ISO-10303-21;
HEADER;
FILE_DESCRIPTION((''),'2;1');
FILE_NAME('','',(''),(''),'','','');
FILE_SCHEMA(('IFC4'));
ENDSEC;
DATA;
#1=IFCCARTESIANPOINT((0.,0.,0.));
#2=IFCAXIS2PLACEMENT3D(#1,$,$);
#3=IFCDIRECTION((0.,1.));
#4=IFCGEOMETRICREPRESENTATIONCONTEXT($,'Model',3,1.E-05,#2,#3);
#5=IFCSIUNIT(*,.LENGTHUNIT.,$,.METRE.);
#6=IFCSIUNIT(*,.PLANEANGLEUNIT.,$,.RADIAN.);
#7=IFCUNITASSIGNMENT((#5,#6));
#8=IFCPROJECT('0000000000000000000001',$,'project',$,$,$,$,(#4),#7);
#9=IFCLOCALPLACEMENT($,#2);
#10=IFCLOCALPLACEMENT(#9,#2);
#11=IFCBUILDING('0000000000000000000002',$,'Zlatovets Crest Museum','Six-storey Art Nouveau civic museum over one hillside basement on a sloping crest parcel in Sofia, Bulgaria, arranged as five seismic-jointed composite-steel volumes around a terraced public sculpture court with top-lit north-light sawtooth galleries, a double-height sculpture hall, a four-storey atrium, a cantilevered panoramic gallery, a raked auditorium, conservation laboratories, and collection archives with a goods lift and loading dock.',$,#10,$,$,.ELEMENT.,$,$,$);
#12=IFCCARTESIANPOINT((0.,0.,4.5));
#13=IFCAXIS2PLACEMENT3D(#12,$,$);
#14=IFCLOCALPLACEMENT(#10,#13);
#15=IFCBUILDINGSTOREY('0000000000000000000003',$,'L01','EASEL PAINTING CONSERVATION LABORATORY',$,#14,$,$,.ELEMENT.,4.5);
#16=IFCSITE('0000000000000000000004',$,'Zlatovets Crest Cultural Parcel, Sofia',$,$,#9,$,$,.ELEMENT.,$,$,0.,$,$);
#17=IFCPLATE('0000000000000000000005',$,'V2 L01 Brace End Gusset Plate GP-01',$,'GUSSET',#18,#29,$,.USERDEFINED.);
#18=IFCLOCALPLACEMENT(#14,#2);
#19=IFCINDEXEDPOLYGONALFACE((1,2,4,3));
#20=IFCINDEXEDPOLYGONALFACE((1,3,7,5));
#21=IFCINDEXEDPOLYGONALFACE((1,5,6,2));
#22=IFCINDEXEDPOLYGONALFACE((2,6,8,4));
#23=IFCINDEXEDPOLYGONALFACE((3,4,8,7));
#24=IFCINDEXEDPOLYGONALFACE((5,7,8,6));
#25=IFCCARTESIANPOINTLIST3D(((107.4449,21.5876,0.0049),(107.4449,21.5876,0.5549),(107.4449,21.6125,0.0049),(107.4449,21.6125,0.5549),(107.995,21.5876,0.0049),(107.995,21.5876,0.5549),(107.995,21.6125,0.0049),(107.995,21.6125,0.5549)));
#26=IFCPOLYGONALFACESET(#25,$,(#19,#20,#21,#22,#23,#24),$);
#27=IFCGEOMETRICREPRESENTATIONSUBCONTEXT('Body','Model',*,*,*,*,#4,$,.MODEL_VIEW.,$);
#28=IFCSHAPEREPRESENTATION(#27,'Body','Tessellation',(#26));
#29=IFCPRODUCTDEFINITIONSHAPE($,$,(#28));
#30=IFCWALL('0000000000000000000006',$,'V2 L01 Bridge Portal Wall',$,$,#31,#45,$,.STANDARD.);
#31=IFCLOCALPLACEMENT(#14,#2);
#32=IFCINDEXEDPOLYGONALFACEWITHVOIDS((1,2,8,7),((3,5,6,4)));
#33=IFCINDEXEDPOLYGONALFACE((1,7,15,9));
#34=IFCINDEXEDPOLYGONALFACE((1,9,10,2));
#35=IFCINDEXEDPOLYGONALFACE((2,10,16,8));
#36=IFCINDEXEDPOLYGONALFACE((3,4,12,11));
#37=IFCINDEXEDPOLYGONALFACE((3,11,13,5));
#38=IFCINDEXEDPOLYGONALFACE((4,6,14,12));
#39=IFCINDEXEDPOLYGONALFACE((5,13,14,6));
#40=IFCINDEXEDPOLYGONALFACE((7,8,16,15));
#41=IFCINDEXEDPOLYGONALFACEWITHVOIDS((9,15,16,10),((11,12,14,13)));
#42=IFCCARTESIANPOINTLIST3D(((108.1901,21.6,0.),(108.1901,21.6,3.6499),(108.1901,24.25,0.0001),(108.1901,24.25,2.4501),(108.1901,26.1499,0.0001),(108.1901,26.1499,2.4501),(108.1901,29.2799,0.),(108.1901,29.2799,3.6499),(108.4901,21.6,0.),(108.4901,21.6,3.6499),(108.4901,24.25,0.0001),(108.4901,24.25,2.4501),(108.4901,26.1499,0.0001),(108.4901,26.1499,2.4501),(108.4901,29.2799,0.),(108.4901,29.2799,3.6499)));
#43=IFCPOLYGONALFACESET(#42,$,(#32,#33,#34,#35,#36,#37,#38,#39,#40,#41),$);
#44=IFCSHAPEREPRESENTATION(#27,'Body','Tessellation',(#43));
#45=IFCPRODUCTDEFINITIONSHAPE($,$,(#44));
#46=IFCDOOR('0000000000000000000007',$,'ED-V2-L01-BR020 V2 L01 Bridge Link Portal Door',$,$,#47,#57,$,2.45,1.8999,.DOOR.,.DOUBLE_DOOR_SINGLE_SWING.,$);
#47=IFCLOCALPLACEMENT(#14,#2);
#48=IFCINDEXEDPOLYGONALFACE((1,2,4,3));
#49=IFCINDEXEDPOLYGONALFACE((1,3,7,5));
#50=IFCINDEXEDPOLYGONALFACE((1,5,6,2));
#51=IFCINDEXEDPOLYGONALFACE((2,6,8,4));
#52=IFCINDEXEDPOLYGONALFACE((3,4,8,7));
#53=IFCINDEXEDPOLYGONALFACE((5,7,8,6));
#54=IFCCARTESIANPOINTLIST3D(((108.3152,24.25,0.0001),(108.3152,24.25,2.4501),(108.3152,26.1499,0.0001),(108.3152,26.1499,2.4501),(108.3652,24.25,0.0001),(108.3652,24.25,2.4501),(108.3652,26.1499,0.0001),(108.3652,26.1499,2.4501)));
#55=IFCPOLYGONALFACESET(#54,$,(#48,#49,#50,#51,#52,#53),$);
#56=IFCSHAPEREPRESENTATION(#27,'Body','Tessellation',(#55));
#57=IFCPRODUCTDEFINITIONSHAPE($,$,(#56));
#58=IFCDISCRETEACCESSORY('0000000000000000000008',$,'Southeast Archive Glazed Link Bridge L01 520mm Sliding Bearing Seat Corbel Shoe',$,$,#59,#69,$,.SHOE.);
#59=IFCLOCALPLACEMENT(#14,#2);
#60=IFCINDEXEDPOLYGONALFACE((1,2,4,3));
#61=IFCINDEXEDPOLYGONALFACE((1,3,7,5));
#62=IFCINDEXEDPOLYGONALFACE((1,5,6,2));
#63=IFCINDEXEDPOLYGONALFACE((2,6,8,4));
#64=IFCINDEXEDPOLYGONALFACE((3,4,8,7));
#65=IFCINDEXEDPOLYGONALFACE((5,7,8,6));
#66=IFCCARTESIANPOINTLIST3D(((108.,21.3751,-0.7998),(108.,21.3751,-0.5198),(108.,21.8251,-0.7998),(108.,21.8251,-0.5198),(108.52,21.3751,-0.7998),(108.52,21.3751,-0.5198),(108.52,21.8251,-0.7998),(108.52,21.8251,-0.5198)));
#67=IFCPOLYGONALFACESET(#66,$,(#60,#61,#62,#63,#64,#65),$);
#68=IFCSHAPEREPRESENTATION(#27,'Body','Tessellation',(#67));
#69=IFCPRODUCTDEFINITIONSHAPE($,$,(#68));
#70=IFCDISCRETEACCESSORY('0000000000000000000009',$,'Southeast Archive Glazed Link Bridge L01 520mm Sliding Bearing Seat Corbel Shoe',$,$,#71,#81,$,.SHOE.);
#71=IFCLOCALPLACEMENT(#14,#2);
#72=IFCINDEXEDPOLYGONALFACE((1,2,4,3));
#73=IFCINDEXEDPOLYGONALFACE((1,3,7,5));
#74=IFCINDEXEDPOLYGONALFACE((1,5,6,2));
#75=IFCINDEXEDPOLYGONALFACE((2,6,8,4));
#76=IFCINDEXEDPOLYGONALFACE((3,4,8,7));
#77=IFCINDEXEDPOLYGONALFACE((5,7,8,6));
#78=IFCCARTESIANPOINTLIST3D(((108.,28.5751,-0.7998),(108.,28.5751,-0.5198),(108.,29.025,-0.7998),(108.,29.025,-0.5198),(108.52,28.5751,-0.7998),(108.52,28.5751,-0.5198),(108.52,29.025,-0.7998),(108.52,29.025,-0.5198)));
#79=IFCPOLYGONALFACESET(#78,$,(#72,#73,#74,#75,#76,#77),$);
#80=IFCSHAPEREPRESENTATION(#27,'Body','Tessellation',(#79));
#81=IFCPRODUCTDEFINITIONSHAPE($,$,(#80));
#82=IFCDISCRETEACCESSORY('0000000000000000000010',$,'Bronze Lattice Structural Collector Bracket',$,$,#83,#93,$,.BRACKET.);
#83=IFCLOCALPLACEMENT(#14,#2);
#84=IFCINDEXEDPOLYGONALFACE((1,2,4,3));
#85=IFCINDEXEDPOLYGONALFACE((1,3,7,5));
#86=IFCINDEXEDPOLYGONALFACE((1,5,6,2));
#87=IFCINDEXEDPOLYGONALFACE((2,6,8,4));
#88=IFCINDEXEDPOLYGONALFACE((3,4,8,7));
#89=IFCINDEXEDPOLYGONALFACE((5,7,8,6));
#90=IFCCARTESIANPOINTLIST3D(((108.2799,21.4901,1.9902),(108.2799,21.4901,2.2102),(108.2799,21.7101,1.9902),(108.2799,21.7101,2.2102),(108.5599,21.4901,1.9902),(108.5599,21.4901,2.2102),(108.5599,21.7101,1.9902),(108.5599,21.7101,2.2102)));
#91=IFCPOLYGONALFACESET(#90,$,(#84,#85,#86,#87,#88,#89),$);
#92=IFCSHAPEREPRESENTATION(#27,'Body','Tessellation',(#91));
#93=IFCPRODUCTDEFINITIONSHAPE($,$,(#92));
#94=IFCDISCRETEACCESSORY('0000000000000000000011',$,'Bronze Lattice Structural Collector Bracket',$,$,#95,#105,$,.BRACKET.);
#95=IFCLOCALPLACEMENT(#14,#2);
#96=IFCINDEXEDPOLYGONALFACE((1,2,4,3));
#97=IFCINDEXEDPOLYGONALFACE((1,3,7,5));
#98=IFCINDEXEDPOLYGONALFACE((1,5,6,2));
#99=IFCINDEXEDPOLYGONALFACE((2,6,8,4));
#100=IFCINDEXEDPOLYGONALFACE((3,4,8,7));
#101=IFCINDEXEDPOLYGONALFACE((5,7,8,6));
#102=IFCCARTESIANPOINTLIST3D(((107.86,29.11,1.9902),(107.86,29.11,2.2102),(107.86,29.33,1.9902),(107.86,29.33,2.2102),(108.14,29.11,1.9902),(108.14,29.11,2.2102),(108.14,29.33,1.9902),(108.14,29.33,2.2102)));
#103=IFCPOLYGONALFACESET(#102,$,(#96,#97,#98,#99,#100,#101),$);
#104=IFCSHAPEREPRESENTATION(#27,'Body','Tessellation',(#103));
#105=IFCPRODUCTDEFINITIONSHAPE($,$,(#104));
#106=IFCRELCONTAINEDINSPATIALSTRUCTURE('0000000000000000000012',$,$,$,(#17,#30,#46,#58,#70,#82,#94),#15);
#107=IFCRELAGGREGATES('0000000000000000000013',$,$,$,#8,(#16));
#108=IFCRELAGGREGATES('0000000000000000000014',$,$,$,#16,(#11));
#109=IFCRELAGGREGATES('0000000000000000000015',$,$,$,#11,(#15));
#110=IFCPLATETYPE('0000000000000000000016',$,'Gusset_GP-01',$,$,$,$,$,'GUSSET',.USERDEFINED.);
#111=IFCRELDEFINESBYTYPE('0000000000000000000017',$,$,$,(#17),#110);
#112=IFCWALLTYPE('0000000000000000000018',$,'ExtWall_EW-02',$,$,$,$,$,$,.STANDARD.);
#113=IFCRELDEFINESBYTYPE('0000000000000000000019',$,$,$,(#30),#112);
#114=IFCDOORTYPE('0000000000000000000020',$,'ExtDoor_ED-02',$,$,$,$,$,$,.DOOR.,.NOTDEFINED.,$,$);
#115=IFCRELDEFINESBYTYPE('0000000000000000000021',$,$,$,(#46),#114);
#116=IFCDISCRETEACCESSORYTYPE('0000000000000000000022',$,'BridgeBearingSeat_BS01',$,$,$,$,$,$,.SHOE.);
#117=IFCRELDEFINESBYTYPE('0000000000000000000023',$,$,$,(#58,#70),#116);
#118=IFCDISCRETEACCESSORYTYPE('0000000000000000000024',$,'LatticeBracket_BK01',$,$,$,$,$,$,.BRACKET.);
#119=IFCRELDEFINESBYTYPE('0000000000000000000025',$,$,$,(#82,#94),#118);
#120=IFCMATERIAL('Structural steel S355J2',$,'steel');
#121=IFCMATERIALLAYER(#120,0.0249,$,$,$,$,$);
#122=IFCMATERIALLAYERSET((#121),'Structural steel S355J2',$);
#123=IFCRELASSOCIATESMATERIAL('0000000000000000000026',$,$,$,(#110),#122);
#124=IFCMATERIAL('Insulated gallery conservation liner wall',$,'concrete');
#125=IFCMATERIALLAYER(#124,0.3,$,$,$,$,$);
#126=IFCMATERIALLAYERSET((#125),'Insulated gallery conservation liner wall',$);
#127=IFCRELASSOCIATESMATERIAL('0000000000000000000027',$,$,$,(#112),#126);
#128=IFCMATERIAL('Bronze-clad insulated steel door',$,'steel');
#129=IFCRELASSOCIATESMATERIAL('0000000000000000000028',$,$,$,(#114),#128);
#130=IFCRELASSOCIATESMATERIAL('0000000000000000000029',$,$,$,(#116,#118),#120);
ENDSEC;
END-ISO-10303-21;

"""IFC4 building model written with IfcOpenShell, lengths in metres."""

from ifc_helpers import new_model, si_unit, direction, frame, frame_2d, origin, origin_2d, place, context, subcontext, project, spatial, rectangle, extrude, material, layer, layer_set, type_object, element, fill, save


model = new_model("IFC4")

# Units and contexts
model_context = context("Model", 3, precision=1e-05, world=origin(), true_north=direction((0.0, 1.0)))
body_context = subcontext(model_context, "Body", "Model", "MODEL_VIEW")
ifc_project = project(units=[si_unit("LENGTHUNIT", "METRE"), si_unit("PLANEANGLEUNIT", "RADIAN")], contexts=[model_context])

# Site, building, storey
site_placement = place(None, origin())
site = spatial("IfcSite", under=ifc_project, at=site_placement, Name="Zlatovets Crest Cultural Parcel, Sofia", CompositionType="ELEMENT", RefElevation=0.0)
building_placement = place(site_placement, origin())
building = spatial("IfcBuilding", under=site, at=building_placement, Name="Zlatovets Crest Museum", Description="Six-storey Art Nouveau civic museum over one hillside basement on a sloping crest parcel in Sofia, Bulgaria, arranged as five seismic-jointed composite-steel volumes around a terraced public sculpture court with top-lit north-light sawtooth galleries, a double-height sculpture hall, a four-storey atrium, a cantilevered panoramic gallery, a raked auditorium, conservation laboratories, and collection archives with a goods lift and loading dock.", CompositionType="ELEMENT")
storey_placement = place(building_placement, frame((0.0, 0.0, 4.5)))
storey = spatial("IfcBuildingStorey", under=building, at=storey_placement, Name="L01", Description="EASEL PAINTING CONSERVATION LABORATORY", CompositionType="ELEMENT", Elevation=4.5)

# Shared definitions
ifc_material_1 = material(Name="Structural steel S355J2", Category="steel")

# Plate
ifc_layer_1 = layer(ifc_material_1, 0.0249)
ifc_layer_set_1 = layer_set([ifc_layer_1], Name="Structural steel S355J2")
plate_type_1 = type_object("IfcPlateType", Name="Gusset_GP-01", ElementType="GUSSET", PredefinedType="USERDEFINED", material=ifc_layer_set_1)
plate_1_placement = place(storey_placement, frame((107.72, 21.6001, 0.0049), z_axis=(0.0, 0.0, 1.0), x_axis=(1.0, 0.0, 0.0)))
element("IfcPlate", 1, at=plate_1_placement, inside=storey, type_object=plate_type_1, Name="V2 L01 Brace End Gusset Plate GP-01", ObjectType="GUSSET", PredefinedType="USERDEFINED", context=body_context, shape_type="SweptSolid", body=[
    extrude(rectangle(XDim=0.55, YDim=0.0249, at=origin_2d()), origin(), (0.0, 0.0, 1.0), 0.55),
])

# Wall, opening, door
ifc_material_2 = material(Name="Insulated gallery conservation liner wall", Category="concrete")
ifc_layer_2 = layer(ifc_material_2, 0.3)
ifc_layer_set_2 = layer_set([ifc_layer_2], Name="Insulated gallery conservation liner wall")
wall_type = type_object("IfcWallType", Name="ExtWall_EW-02", PredefinedType="STANDARD", material=ifc_layer_set_2)
wall_placement = place(storey_placement, frame((108.3401, 21.6001, 0.0), z_axis=(0.0, 0.0, 1.0), x_axis=(0.0, 1.0, 0.0)))
wall = element("IfcWall", 2, at=wall_placement, inside=storey, type_object=wall_type, Name="V2 L01 Bridge Portal Wall", PredefinedType="STANDARD", context=body_context, shape_type="SweptSolid", body=[
    extrude(rectangle(XDim=7.6799, YDim=0.3, at=frame_2d((3.8398, 0.0))), origin(), (0.0, 0.0, 1.0), 3.6499),
])
opening_placement = place(wall_placement, frame((2.6499, 0.0, 0.0)))
opening = element("IfcOpeningElement", 3, at=opening_placement, cuts=wall, PredefinedType="OPENING", context=body_context, shape_type="SweptSolid", body=[
    extrude(rectangle(XDim=1.8999, YDim=2.45, at=frame_2d((0.95, 1.2251))), frame((0.0, 0.1602, 0.0), z_axis=(0.0, -1.0, 0.0), x_axis=(1.0, 0.0, 0.0)), (0.0, 0.0, 1.0), 0.3201),
])
ifc_material_3 = material(Name="Bronze-clad insulated steel door", Category="steel")
door_type = type_object("IfcDoorType", Name="ExtDoor_ED-02", OperationType="NOTDEFINED", PredefinedType="DOOR", material=ifc_material_3)
door_placement = place(opening_placement, origin())
door = element("IfcDoor", 4, at=door_placement, inside=storey, type_object=door_type, Name="ED-V2-L01-BR020 V2 L01 Bridge Link Portal Door", OperationType="DOUBLE_DOOR_SINGLE_SWING", OverallHeight=2.45, OverallWidth=1.8999, PredefinedType="DOOR", context=body_context, shape_type="SweptSolid", body=[
    extrude(rectangle(XDim=1.8999, YDim=2.45, at=frame_2d((0.95, 1.2251))), frame((0.0, 0.0249, 0.0), z_axis=(0.0, -1.0, 0.0), x_axis=(1.0, 0.0, 0.0)), (0.0, 0.0, 1.0), 0.05),
])
fill(opening, door)

# Discrete accessories
discrete_accessory_type_1 = type_object("IfcDiscreteAccessoryType", Name="BridgeBearingSeat_BS01", PredefinedType="SHOE", material=ifc_material_1)
for number, where, z_axis, x_axis, name in (
    (5, (108.26, 21.6001, -0.7998), (0.0, 0.0, 1.0), (1.0, 0.0, 0.0), "Southeast Archive Glazed Link Bridge L01 520mm Sliding Bearing Seat Corbel Shoe"),
    (6, (108.26, 28.8, -0.7998), (0.0, 0.0, 1.0), (1.0, 0.0, 0.0), "Southeast Archive Glazed Link Bridge L01 520mm Sliding Bearing Seat Corbel Shoe"),
):
    element("IfcDiscreteAccessory", number, at=place(storey_placement, frame(where, z_axis=z_axis, x_axis=x_axis)), inside=storey, type_object=discrete_accessory_type_1, Name=name, PredefinedType="SHOE", context=body_context, shape_type="SweptSolid", body=[
        extrude(rectangle(XDim=0.52, YDim=0.45, at=origin_2d()), origin(), (0.0, 0.0, 1.0), 0.28),
    ])
discrete_accessory_type_2 = type_object("IfcDiscreteAccessoryType", Name="LatticeBracket_BK01", PredefinedType="BRACKET", material=ifc_material_1)
for number, where, z_axis, x_axis, name in (
    (7, (108.4199, 21.6001, 1.9902), (0.0, 0.0, 1.0), (1.0, 0.0, 0.0), "Bronze Lattice Structural Collector Bracket"),
    (8, (108.0, 29.22, 1.9902), (0.0, 0.0, 1.0), (1.0, 0.0, 0.0), "Bronze Lattice Structural Collector Bracket"),
):
    element("IfcDiscreteAccessory", number, at=place(storey_placement, frame(where, z_axis=z_axis, x_axis=x_axis)), inside=storey, type_object=discrete_accessory_type_2, Name=name, PredefinedType="BRACKET", context=body_context, shape_type="SweptSolid", body=[
        extrude(rectangle(XDim=0.28, YDim=0.22, at=origin_2d()), origin(), (0.0, 0.0, 1.0), 0.22),
    ])

save(model, "model.ifc")
